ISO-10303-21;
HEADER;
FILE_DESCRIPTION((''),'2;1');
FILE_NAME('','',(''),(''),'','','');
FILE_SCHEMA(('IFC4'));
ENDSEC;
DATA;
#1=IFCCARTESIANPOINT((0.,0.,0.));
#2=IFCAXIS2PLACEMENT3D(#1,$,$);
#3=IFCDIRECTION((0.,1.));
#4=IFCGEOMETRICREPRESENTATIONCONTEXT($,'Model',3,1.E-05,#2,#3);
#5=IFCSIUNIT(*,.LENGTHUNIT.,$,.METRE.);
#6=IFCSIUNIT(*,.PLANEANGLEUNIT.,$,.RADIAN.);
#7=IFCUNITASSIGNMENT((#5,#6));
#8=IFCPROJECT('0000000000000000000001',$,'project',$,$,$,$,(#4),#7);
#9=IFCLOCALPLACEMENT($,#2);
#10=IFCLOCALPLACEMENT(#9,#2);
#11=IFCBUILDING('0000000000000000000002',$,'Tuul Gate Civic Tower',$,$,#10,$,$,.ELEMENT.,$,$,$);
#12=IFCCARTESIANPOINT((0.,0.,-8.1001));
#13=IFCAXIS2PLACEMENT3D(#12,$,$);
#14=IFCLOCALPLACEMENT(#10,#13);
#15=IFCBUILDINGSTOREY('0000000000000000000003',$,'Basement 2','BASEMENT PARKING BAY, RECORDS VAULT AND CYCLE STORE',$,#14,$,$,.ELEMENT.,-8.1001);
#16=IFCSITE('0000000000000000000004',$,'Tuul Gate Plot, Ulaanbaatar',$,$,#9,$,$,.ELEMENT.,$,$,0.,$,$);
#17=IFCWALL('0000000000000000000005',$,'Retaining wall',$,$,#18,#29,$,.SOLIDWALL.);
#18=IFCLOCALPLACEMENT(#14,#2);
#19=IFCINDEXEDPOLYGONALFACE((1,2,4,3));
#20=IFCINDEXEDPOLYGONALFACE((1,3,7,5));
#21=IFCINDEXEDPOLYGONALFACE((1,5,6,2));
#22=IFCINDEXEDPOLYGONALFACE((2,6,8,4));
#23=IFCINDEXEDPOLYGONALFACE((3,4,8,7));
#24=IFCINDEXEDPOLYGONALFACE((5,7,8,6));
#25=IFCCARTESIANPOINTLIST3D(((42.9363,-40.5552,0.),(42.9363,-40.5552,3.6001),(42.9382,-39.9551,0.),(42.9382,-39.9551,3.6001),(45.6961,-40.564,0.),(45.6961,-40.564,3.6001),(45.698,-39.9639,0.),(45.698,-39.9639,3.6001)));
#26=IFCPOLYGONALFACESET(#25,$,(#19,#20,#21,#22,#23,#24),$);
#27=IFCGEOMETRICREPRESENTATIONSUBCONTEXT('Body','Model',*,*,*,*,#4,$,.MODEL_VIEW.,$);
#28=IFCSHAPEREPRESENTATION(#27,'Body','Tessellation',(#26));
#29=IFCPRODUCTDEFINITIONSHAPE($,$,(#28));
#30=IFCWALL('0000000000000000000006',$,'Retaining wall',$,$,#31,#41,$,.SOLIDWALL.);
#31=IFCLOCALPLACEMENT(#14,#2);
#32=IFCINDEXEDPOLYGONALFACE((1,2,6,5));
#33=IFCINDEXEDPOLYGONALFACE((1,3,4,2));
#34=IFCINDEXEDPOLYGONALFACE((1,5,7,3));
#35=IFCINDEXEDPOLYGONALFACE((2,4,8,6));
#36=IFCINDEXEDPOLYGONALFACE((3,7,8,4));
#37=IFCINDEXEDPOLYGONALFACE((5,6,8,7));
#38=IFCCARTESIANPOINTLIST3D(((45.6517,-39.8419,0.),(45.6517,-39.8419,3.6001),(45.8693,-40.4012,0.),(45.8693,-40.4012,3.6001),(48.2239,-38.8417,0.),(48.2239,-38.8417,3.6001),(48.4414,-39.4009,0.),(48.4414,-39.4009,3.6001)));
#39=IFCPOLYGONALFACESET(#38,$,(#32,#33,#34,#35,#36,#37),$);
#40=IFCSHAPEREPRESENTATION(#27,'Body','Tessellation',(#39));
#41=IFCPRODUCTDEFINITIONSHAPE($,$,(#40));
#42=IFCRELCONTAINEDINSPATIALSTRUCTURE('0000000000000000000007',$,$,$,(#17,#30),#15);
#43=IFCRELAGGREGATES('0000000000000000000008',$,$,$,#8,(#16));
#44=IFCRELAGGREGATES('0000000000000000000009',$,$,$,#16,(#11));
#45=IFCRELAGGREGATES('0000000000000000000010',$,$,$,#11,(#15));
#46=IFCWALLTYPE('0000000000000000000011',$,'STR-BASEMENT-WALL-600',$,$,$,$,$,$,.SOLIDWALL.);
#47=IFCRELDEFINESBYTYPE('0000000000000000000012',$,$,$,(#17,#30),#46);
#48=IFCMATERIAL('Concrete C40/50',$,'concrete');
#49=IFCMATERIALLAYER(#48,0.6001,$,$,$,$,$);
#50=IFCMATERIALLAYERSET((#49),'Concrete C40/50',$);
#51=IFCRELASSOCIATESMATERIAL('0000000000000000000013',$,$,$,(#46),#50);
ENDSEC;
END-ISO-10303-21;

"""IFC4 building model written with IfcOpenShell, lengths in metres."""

from ifc_helpers import new_model, si_unit, direction, frame, frame_2d, origin, place, context, subcontext, project, spatial, rectangle, extrude, material, layer, layer_set, type_object, element, save


model = new_model("IFC4")

# Units and contexts
model_context = context("Model", 3, precision=1e-05, world=origin(), true_north=direction((0.0, 1.0)))
body_context = subcontext(model_context, "Body", "Model", "MODEL_VIEW")
ifc_project = project(units=[si_unit("LENGTHUNIT", "METRE"), si_unit("PLANEANGLEUNIT", "RADIAN")], contexts=[model_context])

# Site, building, storey
site_placement = place(None, origin())
site = spatial("IfcSite", under=ifc_project, at=site_placement, Name="Tuul Gate Plot, Ulaanbaatar", CompositionType="ELEMENT", RefElevation=0.0)
building_placement = place(site_placement, origin())
building = spatial("IfcBuilding", under=site, at=building_placement, Name="Tuul Gate Civic Tower", CompositionType="ELEMENT")
storey_placement = place(building_placement, frame((0.0, 0.0, -8.1001)))
storey = spatial("IfcBuildingStorey", under=building, at=storey_placement, Name="Basement 2", Description="BASEMENT PARKING BAY, RECORDS VAULT AND CYCLE STORE", CompositionType="ELEMENT", Elevation=-8.1001)

# Walls
ifc_material_1 = material(Name="Concrete C40/50", Category="concrete")
ifc_layer_1 = layer(ifc_material_1, 0.6001)
ifc_layer_set_1 = layer_set([ifc_layer_1], Name="Concrete C40/50")
wall_type_1 = type_object("IfcWallType", Name="STR-BASEMENT-WALL-600", PredefinedType="SOLIDWALL", material=ifc_layer_set_1)
for number, where, z_axis, x_axis, name in (
    (1, (42.9373, -40.2551, 0.0), (0.0, 0.0, 1.0), (0.999995, -0.003185, 0.0), "Retaining wall"),
    (2, (45.7605, -40.1216, 0.0), (0.0, 0.0, 1.0), (0.932003, 0.362451, 0.0), "Retaining wall"),
):
    element("IfcWall", number, at=place(storey_placement, frame(where, z_axis=z_axis, x_axis=x_axis)), inside=storey, type_object=wall_type_1, Name=name, PredefinedType="SOLIDWALL", context=body_context, shape_type="SweptSolid", body=[
        extrude(rectangle(XDim=2.7598, YDim=0.6001, at=frame_2d((1.3799, 0.0))), origin(), (0.0, 0.0, 1.0), 3.6001),
    ])

save(model, "model.ifc")
